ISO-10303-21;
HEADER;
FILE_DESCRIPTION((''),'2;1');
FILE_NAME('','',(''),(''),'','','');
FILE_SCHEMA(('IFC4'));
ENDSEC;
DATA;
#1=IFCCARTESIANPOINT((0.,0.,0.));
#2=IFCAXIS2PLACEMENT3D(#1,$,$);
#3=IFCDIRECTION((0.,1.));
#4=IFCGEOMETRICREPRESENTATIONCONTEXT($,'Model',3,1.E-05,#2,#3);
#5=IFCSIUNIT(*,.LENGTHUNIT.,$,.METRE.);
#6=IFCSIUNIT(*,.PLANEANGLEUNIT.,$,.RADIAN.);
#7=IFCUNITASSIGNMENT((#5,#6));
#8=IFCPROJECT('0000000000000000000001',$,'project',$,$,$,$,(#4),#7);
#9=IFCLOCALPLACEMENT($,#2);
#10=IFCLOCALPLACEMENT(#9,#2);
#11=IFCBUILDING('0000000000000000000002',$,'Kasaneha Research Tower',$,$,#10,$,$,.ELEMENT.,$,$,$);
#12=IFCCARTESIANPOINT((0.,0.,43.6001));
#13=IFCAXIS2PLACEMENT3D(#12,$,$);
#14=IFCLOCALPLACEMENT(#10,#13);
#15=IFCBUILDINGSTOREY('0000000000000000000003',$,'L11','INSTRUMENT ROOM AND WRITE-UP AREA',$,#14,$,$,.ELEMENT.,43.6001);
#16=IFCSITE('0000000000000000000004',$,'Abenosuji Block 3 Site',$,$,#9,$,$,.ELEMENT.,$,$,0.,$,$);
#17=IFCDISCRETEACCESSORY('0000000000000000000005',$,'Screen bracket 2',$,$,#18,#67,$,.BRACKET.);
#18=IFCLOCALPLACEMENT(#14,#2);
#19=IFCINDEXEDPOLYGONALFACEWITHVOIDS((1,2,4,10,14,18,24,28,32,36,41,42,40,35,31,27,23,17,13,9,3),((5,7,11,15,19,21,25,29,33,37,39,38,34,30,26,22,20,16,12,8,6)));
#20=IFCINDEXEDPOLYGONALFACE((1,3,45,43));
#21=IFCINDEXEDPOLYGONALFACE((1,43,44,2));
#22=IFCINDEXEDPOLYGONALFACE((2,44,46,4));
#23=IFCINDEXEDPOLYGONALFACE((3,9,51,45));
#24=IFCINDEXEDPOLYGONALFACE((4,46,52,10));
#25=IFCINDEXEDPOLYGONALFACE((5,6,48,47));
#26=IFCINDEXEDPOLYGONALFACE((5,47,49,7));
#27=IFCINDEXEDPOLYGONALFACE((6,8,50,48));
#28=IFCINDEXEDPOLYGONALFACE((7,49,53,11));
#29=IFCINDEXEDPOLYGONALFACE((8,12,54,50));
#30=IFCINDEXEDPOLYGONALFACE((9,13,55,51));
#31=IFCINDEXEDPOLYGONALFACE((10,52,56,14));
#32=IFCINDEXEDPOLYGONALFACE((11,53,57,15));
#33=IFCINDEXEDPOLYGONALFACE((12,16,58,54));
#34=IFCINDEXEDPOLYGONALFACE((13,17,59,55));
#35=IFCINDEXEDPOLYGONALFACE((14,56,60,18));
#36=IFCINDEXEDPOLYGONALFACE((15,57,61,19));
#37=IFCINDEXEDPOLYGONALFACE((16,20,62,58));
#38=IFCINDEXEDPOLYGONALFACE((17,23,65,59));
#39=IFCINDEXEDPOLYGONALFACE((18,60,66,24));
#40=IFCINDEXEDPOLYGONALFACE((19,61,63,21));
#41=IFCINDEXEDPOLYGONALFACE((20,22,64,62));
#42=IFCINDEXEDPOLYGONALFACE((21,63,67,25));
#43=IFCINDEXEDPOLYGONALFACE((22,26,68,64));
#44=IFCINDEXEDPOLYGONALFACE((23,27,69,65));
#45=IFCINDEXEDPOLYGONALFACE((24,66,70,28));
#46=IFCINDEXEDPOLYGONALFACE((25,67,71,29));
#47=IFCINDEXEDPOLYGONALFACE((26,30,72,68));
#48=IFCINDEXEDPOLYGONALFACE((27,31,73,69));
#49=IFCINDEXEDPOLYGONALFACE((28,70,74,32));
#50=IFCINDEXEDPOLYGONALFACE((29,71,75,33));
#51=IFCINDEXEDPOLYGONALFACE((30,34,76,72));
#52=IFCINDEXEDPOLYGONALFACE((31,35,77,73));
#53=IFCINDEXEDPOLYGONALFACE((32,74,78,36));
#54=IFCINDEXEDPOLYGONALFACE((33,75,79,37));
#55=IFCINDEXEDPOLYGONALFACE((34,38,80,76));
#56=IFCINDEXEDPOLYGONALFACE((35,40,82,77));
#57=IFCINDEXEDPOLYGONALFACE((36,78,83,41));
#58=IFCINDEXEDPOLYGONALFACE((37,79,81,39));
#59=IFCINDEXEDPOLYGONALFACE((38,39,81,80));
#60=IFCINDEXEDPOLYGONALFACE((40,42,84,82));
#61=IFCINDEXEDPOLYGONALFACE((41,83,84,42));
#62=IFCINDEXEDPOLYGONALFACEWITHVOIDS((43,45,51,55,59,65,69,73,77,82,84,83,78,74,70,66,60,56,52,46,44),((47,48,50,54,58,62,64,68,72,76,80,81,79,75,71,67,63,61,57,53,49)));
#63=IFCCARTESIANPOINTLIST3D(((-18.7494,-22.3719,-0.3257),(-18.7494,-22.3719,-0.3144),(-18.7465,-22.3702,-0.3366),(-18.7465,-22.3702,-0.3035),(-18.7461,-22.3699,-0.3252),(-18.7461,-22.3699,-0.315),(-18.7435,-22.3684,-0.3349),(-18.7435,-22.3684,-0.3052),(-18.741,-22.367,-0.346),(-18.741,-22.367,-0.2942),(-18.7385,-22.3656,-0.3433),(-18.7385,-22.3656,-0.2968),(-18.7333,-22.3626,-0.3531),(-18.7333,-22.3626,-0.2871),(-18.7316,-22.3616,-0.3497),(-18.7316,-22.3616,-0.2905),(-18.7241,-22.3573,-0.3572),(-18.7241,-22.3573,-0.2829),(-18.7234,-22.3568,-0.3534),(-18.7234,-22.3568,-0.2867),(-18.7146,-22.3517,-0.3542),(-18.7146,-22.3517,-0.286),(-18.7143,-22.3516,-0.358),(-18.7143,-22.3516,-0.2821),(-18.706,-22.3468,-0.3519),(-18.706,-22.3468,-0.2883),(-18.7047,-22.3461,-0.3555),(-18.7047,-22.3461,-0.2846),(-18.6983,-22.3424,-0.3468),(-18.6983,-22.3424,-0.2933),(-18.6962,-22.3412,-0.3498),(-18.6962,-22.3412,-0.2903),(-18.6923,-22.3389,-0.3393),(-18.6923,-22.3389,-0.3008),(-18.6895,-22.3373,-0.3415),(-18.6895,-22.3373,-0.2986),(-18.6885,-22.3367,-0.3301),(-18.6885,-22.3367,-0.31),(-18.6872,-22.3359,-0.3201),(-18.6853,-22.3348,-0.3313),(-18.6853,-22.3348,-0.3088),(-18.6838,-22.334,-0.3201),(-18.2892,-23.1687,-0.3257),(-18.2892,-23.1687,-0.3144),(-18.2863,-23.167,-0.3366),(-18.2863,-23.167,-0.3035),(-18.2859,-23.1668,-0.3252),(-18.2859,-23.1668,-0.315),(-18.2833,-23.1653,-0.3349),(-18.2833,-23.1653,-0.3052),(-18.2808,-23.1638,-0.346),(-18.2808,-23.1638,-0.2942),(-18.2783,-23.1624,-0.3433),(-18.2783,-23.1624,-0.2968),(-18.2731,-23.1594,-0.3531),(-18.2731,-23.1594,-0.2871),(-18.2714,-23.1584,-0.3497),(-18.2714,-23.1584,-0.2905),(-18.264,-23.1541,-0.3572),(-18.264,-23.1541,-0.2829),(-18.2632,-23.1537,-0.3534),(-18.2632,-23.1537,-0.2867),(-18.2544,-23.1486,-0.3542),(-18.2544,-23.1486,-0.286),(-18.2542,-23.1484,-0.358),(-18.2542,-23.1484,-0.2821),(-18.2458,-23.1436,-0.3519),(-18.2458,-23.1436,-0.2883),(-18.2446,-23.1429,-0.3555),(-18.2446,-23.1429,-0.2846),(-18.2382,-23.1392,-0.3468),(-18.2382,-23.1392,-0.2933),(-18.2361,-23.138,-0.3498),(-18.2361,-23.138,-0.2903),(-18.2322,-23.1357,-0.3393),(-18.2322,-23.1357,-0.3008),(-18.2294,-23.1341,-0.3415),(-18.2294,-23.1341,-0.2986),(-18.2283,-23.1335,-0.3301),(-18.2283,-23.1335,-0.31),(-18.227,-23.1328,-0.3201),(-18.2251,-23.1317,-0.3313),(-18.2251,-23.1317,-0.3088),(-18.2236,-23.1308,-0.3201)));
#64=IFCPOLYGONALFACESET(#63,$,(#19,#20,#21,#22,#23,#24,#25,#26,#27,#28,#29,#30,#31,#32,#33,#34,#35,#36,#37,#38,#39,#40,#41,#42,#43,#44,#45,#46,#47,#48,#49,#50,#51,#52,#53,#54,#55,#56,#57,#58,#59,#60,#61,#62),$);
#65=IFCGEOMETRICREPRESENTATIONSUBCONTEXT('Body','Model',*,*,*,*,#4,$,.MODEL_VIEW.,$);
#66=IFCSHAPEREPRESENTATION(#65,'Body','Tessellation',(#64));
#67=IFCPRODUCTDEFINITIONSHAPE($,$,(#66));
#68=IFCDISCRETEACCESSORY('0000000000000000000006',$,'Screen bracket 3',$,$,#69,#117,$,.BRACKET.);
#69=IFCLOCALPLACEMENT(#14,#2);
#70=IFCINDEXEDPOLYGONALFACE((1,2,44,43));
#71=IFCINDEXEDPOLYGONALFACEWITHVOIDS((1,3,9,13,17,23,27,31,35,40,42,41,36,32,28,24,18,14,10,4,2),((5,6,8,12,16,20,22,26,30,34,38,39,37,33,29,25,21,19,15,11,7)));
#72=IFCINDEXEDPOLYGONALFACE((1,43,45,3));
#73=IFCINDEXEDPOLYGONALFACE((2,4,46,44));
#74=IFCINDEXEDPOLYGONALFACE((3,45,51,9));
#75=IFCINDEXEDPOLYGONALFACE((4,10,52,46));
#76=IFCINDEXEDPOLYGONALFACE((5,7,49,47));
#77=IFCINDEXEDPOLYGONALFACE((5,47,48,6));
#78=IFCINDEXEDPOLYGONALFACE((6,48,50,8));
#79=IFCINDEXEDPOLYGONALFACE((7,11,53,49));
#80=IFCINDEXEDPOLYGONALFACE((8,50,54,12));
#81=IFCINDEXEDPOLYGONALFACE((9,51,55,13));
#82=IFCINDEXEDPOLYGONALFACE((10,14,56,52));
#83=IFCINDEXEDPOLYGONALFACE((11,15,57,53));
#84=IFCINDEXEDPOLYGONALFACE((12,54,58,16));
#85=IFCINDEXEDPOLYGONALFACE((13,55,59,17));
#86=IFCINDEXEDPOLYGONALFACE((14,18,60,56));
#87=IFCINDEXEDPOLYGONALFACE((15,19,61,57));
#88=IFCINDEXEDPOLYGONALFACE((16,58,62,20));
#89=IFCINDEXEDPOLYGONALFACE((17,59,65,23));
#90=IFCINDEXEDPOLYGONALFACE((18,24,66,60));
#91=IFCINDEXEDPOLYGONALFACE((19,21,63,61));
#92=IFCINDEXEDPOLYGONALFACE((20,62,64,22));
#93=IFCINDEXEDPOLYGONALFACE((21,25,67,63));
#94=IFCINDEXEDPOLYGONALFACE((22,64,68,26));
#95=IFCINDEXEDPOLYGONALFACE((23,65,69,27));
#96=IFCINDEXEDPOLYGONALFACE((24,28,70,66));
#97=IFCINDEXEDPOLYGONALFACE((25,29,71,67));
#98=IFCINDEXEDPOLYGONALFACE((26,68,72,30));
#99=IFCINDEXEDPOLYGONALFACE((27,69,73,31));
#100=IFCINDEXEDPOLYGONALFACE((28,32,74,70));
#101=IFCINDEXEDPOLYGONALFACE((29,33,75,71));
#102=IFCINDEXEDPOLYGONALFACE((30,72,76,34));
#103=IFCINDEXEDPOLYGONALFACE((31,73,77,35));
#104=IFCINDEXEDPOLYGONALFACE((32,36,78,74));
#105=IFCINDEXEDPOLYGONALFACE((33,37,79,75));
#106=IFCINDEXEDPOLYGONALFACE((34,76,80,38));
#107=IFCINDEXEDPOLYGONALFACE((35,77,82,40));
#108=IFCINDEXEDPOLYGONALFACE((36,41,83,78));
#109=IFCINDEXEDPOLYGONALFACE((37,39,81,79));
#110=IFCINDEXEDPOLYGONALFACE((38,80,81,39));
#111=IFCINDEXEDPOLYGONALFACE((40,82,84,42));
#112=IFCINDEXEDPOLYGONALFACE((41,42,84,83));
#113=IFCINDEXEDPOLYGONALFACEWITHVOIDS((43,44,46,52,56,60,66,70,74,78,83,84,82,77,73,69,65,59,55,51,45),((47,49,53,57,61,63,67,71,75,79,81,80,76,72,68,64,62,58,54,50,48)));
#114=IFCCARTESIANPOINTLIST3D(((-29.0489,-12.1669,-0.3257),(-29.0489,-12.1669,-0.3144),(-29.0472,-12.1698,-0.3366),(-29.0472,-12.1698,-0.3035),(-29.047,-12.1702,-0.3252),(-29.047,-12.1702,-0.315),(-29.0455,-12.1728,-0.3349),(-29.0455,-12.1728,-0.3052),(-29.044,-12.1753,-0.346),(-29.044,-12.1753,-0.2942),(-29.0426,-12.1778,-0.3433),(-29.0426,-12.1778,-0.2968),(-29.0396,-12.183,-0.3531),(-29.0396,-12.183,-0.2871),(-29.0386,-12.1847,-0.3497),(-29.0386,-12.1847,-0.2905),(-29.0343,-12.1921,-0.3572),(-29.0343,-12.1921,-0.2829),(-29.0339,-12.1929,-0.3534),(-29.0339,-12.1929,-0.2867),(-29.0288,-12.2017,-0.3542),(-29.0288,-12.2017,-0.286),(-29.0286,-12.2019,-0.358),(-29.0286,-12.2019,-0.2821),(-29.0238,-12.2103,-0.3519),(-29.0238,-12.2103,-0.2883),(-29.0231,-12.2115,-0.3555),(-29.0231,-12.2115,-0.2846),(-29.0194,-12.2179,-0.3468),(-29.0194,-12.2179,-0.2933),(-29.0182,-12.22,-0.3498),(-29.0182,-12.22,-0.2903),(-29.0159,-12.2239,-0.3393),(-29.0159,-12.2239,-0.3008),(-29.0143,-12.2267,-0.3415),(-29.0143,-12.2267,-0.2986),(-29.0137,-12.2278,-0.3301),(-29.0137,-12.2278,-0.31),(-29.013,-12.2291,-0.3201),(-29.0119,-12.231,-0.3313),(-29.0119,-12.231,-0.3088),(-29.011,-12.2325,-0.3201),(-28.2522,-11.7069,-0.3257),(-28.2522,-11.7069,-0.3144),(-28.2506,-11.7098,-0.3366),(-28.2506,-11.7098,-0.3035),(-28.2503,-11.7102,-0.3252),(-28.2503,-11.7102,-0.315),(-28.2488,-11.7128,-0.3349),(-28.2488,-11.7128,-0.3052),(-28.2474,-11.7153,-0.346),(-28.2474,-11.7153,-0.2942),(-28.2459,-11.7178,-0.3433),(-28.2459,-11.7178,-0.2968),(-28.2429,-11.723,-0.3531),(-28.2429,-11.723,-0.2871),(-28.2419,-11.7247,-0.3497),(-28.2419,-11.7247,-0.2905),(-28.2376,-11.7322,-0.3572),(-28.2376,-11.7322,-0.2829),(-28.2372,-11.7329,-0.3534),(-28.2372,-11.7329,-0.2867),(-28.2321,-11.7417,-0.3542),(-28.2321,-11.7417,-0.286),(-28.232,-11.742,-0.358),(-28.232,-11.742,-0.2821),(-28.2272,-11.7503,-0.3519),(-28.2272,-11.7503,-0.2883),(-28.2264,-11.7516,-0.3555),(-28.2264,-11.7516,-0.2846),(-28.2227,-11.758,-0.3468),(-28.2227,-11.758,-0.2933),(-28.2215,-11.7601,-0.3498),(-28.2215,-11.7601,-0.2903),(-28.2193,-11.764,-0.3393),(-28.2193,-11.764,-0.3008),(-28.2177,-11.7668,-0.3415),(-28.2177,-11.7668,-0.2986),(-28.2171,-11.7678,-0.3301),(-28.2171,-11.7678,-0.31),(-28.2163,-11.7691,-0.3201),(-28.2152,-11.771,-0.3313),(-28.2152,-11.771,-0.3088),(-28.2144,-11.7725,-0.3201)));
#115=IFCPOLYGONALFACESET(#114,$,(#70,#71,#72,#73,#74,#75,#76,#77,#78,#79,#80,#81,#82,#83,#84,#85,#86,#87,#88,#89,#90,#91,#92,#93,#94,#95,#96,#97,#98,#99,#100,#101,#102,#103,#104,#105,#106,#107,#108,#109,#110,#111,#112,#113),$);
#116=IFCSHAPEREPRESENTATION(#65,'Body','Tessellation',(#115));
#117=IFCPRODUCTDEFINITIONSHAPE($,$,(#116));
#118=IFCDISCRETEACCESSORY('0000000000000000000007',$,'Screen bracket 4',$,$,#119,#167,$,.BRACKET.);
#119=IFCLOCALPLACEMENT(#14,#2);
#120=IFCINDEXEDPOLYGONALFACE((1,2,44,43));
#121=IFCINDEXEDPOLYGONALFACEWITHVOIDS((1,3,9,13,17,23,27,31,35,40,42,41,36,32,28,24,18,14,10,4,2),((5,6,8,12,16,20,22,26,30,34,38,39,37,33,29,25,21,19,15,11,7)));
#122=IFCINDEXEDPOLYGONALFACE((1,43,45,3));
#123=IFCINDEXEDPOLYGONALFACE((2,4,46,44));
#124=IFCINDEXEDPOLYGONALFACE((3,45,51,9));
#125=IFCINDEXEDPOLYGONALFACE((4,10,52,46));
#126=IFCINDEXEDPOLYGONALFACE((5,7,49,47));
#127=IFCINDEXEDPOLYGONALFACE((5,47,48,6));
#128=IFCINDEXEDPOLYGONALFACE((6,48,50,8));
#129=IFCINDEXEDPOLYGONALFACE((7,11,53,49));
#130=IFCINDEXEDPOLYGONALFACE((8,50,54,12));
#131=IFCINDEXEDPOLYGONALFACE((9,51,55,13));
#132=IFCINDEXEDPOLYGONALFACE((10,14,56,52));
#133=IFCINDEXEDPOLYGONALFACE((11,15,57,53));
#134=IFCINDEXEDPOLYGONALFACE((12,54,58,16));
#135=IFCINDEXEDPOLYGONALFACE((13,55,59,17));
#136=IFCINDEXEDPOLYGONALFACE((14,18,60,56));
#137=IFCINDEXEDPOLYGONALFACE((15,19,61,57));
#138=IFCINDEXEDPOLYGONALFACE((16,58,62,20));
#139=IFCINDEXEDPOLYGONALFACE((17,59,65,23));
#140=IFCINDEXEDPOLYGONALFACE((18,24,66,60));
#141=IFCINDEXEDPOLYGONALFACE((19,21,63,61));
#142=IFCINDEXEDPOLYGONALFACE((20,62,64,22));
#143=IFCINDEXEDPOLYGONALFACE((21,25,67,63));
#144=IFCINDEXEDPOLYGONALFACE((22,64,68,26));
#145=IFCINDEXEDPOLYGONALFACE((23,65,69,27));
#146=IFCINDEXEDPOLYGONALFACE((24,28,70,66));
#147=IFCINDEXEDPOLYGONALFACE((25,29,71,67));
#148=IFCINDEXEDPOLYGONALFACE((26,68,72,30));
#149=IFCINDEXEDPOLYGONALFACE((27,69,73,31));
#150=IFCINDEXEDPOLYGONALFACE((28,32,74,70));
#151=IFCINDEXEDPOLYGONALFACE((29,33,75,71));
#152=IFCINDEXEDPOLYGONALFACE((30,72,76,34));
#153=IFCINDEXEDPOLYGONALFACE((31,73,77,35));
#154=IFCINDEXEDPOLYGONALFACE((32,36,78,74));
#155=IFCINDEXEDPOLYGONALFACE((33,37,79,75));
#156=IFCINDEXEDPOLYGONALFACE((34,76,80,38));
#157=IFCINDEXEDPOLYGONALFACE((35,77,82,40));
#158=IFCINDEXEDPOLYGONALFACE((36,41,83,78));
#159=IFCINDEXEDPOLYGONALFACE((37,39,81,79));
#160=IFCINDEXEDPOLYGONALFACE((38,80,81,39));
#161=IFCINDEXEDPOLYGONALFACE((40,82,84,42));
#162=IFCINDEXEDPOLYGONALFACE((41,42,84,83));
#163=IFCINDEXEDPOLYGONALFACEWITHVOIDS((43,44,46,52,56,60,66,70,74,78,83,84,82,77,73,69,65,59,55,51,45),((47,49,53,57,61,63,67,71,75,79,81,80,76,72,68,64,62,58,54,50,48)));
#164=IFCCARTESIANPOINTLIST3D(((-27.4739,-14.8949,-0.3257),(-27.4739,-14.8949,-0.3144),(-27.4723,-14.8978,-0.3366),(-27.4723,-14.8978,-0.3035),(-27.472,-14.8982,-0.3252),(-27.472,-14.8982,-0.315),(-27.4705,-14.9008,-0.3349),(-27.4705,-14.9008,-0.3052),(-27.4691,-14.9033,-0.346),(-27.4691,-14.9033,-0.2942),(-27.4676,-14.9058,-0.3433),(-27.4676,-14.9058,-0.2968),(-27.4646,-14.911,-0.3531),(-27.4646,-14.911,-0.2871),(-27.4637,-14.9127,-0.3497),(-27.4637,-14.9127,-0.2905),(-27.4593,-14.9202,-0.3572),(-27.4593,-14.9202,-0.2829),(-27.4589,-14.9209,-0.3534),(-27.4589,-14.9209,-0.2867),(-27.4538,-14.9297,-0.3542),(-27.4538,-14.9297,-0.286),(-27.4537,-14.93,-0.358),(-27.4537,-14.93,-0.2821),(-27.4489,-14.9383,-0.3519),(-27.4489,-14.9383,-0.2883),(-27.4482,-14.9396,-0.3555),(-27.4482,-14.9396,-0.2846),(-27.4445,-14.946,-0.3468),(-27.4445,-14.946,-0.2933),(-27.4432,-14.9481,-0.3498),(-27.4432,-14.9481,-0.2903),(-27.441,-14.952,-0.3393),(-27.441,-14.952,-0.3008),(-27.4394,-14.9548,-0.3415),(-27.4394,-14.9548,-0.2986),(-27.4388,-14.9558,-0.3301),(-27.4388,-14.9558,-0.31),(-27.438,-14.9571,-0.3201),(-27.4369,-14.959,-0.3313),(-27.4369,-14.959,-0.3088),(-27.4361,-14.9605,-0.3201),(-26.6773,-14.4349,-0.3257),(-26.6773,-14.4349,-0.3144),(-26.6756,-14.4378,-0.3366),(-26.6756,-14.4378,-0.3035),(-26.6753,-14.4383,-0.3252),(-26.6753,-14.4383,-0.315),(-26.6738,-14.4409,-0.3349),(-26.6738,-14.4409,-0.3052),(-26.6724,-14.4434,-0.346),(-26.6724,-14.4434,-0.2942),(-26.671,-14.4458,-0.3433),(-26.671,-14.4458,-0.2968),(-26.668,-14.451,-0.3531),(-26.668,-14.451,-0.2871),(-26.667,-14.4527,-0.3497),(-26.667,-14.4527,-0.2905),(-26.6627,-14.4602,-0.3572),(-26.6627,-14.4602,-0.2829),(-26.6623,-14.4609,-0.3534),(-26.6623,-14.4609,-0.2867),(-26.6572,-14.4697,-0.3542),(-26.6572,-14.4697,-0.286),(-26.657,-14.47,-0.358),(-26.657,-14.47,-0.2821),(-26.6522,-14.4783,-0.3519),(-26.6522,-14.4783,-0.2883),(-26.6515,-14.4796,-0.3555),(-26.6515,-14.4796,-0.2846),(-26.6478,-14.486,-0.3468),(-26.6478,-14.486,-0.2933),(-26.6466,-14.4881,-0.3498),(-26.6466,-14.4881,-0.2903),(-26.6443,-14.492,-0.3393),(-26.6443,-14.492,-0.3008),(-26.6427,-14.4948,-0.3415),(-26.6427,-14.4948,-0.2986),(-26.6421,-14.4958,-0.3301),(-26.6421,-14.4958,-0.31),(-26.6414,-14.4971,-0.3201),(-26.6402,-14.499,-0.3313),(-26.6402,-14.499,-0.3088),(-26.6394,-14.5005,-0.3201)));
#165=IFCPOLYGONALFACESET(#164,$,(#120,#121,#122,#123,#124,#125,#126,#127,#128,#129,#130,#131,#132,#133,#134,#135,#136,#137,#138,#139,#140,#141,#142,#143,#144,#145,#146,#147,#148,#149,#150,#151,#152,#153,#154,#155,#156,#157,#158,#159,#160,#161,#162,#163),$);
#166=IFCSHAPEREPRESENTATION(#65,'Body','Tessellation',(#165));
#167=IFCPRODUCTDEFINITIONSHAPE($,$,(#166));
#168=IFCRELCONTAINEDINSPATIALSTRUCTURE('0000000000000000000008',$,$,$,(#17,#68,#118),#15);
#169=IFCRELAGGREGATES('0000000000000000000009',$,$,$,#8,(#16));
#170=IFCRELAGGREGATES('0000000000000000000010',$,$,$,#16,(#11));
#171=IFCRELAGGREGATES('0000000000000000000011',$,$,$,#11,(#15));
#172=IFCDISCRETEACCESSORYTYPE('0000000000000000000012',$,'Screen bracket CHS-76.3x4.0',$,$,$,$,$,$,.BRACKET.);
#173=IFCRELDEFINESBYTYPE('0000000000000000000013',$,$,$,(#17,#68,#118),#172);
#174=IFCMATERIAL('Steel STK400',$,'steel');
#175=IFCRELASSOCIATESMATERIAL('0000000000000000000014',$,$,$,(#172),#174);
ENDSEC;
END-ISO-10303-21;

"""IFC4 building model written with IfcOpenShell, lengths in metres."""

from ifc_helpers import new_model, si_unit, direction, frame, origin, origin_2d, place, context, subcontext, project, spatial, hollow_circle, extrude, material, material_profile, profile_set, type_object, element, save


model = new_model("IFC4")

# Units and contexts
model_context = context("Model", 3, precision=1e-05, world=origin(), true_north=direction((0.0, 1.0)))
body_context = subcontext(model_context, "Body", "Model", "MODEL_VIEW")
ifc_project = project(units=[si_unit("LENGTHUNIT", "METRE"), si_unit("PLANEANGLEUNIT", "RADIAN")], contexts=[model_context])

# Site, building, storey
site_placement = place(None, origin())
site = spatial("IfcSite", under=ifc_project, at=site_placement, Name="Abenosuji Block 3 Site", CompositionType="ELEMENT", RefElevation=0.0)
building_placement = place(site_placement, origin())
building = spatial("IfcBuilding", under=site, at=building_placement, Name="Kasaneha Research Tower", CompositionType="ELEMENT")
storey_placement = place(building_placement, frame((0.0, 0.0, 43.6001)))
storey = spatial("IfcBuildingStorey", under=building, at=storey_placement, Name="L11", Description="INSTRUMENT ROOM AND WRITE-UP AREA", CompositionType="ELEMENT", Elevation=43.6001)

# Discrete accessories
ifc_material_1 = material(Name="Steel STK400", Category="steel")
ifc_material_profile_1 = material_profile(ifc_material_1, hollow_circle(Radius=0.0381, WallThickness=0.0039, at=origin_2d()), Name="CHS-76.3x4.0")
ifc_profile_set_1 = profile_set([ifc_material_profile_1], Name="Steel STK400")
discrete_accessory_type = type_object("IfcDiscreteAccessoryType", Name="Screen bracket CHS-76.3x4.0", PredefinedType="BRACKET", material=ifc_profile_set_1)
discrete_accessory_1_placement = place(storey_placement, frame((-18.7168, -22.353, -0.3201), z_axis=(0.500105, -0.865965, 0.0), x_axis=(0.865965, 0.500105, 0.0)))
element("IfcDiscreteAccessory", 1, at=discrete_accessory_1_placement, inside=storey, type_object=discrete_accessory_type, Name="Screen bracket 2", PredefinedType="BRACKET", context=body_context, shape_type="SweptSolid", body=[
    extrude(hollow_circle(Radius=0.0381, WallThickness=0.0039, at=origin_2d()), origin(), (0.0, 0.0, 1.0), 0.9202),
])
for number, where, z_axis, x_axis, name in (
    (2, (-28.2334, -11.7395, -0.3201), (-0.866013, -0.500021, 0.0), (0.500021, -0.866013, 0.0), "Screen bracket 3"),
    (3, (-26.6584, -14.4675, -0.3201), (-0.866013, -0.500021, 0.0), (0.500021, -0.866013, 0.0), "Screen bracket 4"),
):
    element("IfcDiscreteAccessory", number, at=place(storey_placement, frame(where, z_axis=z_axis, x_axis=x_axis)), inside=storey, type_object=discrete_accessory_type, Name=name, PredefinedType="BRACKET", context=body_context, shape_type="SweptSolid", body=[
        extrude(hollow_circle(Radius=0.0381, WallThickness=0.0039, at=origin_2d()), origin(), (0.0, 0.0, 1.0), 0.9199),
    ])

save(model, "model.ifc")
